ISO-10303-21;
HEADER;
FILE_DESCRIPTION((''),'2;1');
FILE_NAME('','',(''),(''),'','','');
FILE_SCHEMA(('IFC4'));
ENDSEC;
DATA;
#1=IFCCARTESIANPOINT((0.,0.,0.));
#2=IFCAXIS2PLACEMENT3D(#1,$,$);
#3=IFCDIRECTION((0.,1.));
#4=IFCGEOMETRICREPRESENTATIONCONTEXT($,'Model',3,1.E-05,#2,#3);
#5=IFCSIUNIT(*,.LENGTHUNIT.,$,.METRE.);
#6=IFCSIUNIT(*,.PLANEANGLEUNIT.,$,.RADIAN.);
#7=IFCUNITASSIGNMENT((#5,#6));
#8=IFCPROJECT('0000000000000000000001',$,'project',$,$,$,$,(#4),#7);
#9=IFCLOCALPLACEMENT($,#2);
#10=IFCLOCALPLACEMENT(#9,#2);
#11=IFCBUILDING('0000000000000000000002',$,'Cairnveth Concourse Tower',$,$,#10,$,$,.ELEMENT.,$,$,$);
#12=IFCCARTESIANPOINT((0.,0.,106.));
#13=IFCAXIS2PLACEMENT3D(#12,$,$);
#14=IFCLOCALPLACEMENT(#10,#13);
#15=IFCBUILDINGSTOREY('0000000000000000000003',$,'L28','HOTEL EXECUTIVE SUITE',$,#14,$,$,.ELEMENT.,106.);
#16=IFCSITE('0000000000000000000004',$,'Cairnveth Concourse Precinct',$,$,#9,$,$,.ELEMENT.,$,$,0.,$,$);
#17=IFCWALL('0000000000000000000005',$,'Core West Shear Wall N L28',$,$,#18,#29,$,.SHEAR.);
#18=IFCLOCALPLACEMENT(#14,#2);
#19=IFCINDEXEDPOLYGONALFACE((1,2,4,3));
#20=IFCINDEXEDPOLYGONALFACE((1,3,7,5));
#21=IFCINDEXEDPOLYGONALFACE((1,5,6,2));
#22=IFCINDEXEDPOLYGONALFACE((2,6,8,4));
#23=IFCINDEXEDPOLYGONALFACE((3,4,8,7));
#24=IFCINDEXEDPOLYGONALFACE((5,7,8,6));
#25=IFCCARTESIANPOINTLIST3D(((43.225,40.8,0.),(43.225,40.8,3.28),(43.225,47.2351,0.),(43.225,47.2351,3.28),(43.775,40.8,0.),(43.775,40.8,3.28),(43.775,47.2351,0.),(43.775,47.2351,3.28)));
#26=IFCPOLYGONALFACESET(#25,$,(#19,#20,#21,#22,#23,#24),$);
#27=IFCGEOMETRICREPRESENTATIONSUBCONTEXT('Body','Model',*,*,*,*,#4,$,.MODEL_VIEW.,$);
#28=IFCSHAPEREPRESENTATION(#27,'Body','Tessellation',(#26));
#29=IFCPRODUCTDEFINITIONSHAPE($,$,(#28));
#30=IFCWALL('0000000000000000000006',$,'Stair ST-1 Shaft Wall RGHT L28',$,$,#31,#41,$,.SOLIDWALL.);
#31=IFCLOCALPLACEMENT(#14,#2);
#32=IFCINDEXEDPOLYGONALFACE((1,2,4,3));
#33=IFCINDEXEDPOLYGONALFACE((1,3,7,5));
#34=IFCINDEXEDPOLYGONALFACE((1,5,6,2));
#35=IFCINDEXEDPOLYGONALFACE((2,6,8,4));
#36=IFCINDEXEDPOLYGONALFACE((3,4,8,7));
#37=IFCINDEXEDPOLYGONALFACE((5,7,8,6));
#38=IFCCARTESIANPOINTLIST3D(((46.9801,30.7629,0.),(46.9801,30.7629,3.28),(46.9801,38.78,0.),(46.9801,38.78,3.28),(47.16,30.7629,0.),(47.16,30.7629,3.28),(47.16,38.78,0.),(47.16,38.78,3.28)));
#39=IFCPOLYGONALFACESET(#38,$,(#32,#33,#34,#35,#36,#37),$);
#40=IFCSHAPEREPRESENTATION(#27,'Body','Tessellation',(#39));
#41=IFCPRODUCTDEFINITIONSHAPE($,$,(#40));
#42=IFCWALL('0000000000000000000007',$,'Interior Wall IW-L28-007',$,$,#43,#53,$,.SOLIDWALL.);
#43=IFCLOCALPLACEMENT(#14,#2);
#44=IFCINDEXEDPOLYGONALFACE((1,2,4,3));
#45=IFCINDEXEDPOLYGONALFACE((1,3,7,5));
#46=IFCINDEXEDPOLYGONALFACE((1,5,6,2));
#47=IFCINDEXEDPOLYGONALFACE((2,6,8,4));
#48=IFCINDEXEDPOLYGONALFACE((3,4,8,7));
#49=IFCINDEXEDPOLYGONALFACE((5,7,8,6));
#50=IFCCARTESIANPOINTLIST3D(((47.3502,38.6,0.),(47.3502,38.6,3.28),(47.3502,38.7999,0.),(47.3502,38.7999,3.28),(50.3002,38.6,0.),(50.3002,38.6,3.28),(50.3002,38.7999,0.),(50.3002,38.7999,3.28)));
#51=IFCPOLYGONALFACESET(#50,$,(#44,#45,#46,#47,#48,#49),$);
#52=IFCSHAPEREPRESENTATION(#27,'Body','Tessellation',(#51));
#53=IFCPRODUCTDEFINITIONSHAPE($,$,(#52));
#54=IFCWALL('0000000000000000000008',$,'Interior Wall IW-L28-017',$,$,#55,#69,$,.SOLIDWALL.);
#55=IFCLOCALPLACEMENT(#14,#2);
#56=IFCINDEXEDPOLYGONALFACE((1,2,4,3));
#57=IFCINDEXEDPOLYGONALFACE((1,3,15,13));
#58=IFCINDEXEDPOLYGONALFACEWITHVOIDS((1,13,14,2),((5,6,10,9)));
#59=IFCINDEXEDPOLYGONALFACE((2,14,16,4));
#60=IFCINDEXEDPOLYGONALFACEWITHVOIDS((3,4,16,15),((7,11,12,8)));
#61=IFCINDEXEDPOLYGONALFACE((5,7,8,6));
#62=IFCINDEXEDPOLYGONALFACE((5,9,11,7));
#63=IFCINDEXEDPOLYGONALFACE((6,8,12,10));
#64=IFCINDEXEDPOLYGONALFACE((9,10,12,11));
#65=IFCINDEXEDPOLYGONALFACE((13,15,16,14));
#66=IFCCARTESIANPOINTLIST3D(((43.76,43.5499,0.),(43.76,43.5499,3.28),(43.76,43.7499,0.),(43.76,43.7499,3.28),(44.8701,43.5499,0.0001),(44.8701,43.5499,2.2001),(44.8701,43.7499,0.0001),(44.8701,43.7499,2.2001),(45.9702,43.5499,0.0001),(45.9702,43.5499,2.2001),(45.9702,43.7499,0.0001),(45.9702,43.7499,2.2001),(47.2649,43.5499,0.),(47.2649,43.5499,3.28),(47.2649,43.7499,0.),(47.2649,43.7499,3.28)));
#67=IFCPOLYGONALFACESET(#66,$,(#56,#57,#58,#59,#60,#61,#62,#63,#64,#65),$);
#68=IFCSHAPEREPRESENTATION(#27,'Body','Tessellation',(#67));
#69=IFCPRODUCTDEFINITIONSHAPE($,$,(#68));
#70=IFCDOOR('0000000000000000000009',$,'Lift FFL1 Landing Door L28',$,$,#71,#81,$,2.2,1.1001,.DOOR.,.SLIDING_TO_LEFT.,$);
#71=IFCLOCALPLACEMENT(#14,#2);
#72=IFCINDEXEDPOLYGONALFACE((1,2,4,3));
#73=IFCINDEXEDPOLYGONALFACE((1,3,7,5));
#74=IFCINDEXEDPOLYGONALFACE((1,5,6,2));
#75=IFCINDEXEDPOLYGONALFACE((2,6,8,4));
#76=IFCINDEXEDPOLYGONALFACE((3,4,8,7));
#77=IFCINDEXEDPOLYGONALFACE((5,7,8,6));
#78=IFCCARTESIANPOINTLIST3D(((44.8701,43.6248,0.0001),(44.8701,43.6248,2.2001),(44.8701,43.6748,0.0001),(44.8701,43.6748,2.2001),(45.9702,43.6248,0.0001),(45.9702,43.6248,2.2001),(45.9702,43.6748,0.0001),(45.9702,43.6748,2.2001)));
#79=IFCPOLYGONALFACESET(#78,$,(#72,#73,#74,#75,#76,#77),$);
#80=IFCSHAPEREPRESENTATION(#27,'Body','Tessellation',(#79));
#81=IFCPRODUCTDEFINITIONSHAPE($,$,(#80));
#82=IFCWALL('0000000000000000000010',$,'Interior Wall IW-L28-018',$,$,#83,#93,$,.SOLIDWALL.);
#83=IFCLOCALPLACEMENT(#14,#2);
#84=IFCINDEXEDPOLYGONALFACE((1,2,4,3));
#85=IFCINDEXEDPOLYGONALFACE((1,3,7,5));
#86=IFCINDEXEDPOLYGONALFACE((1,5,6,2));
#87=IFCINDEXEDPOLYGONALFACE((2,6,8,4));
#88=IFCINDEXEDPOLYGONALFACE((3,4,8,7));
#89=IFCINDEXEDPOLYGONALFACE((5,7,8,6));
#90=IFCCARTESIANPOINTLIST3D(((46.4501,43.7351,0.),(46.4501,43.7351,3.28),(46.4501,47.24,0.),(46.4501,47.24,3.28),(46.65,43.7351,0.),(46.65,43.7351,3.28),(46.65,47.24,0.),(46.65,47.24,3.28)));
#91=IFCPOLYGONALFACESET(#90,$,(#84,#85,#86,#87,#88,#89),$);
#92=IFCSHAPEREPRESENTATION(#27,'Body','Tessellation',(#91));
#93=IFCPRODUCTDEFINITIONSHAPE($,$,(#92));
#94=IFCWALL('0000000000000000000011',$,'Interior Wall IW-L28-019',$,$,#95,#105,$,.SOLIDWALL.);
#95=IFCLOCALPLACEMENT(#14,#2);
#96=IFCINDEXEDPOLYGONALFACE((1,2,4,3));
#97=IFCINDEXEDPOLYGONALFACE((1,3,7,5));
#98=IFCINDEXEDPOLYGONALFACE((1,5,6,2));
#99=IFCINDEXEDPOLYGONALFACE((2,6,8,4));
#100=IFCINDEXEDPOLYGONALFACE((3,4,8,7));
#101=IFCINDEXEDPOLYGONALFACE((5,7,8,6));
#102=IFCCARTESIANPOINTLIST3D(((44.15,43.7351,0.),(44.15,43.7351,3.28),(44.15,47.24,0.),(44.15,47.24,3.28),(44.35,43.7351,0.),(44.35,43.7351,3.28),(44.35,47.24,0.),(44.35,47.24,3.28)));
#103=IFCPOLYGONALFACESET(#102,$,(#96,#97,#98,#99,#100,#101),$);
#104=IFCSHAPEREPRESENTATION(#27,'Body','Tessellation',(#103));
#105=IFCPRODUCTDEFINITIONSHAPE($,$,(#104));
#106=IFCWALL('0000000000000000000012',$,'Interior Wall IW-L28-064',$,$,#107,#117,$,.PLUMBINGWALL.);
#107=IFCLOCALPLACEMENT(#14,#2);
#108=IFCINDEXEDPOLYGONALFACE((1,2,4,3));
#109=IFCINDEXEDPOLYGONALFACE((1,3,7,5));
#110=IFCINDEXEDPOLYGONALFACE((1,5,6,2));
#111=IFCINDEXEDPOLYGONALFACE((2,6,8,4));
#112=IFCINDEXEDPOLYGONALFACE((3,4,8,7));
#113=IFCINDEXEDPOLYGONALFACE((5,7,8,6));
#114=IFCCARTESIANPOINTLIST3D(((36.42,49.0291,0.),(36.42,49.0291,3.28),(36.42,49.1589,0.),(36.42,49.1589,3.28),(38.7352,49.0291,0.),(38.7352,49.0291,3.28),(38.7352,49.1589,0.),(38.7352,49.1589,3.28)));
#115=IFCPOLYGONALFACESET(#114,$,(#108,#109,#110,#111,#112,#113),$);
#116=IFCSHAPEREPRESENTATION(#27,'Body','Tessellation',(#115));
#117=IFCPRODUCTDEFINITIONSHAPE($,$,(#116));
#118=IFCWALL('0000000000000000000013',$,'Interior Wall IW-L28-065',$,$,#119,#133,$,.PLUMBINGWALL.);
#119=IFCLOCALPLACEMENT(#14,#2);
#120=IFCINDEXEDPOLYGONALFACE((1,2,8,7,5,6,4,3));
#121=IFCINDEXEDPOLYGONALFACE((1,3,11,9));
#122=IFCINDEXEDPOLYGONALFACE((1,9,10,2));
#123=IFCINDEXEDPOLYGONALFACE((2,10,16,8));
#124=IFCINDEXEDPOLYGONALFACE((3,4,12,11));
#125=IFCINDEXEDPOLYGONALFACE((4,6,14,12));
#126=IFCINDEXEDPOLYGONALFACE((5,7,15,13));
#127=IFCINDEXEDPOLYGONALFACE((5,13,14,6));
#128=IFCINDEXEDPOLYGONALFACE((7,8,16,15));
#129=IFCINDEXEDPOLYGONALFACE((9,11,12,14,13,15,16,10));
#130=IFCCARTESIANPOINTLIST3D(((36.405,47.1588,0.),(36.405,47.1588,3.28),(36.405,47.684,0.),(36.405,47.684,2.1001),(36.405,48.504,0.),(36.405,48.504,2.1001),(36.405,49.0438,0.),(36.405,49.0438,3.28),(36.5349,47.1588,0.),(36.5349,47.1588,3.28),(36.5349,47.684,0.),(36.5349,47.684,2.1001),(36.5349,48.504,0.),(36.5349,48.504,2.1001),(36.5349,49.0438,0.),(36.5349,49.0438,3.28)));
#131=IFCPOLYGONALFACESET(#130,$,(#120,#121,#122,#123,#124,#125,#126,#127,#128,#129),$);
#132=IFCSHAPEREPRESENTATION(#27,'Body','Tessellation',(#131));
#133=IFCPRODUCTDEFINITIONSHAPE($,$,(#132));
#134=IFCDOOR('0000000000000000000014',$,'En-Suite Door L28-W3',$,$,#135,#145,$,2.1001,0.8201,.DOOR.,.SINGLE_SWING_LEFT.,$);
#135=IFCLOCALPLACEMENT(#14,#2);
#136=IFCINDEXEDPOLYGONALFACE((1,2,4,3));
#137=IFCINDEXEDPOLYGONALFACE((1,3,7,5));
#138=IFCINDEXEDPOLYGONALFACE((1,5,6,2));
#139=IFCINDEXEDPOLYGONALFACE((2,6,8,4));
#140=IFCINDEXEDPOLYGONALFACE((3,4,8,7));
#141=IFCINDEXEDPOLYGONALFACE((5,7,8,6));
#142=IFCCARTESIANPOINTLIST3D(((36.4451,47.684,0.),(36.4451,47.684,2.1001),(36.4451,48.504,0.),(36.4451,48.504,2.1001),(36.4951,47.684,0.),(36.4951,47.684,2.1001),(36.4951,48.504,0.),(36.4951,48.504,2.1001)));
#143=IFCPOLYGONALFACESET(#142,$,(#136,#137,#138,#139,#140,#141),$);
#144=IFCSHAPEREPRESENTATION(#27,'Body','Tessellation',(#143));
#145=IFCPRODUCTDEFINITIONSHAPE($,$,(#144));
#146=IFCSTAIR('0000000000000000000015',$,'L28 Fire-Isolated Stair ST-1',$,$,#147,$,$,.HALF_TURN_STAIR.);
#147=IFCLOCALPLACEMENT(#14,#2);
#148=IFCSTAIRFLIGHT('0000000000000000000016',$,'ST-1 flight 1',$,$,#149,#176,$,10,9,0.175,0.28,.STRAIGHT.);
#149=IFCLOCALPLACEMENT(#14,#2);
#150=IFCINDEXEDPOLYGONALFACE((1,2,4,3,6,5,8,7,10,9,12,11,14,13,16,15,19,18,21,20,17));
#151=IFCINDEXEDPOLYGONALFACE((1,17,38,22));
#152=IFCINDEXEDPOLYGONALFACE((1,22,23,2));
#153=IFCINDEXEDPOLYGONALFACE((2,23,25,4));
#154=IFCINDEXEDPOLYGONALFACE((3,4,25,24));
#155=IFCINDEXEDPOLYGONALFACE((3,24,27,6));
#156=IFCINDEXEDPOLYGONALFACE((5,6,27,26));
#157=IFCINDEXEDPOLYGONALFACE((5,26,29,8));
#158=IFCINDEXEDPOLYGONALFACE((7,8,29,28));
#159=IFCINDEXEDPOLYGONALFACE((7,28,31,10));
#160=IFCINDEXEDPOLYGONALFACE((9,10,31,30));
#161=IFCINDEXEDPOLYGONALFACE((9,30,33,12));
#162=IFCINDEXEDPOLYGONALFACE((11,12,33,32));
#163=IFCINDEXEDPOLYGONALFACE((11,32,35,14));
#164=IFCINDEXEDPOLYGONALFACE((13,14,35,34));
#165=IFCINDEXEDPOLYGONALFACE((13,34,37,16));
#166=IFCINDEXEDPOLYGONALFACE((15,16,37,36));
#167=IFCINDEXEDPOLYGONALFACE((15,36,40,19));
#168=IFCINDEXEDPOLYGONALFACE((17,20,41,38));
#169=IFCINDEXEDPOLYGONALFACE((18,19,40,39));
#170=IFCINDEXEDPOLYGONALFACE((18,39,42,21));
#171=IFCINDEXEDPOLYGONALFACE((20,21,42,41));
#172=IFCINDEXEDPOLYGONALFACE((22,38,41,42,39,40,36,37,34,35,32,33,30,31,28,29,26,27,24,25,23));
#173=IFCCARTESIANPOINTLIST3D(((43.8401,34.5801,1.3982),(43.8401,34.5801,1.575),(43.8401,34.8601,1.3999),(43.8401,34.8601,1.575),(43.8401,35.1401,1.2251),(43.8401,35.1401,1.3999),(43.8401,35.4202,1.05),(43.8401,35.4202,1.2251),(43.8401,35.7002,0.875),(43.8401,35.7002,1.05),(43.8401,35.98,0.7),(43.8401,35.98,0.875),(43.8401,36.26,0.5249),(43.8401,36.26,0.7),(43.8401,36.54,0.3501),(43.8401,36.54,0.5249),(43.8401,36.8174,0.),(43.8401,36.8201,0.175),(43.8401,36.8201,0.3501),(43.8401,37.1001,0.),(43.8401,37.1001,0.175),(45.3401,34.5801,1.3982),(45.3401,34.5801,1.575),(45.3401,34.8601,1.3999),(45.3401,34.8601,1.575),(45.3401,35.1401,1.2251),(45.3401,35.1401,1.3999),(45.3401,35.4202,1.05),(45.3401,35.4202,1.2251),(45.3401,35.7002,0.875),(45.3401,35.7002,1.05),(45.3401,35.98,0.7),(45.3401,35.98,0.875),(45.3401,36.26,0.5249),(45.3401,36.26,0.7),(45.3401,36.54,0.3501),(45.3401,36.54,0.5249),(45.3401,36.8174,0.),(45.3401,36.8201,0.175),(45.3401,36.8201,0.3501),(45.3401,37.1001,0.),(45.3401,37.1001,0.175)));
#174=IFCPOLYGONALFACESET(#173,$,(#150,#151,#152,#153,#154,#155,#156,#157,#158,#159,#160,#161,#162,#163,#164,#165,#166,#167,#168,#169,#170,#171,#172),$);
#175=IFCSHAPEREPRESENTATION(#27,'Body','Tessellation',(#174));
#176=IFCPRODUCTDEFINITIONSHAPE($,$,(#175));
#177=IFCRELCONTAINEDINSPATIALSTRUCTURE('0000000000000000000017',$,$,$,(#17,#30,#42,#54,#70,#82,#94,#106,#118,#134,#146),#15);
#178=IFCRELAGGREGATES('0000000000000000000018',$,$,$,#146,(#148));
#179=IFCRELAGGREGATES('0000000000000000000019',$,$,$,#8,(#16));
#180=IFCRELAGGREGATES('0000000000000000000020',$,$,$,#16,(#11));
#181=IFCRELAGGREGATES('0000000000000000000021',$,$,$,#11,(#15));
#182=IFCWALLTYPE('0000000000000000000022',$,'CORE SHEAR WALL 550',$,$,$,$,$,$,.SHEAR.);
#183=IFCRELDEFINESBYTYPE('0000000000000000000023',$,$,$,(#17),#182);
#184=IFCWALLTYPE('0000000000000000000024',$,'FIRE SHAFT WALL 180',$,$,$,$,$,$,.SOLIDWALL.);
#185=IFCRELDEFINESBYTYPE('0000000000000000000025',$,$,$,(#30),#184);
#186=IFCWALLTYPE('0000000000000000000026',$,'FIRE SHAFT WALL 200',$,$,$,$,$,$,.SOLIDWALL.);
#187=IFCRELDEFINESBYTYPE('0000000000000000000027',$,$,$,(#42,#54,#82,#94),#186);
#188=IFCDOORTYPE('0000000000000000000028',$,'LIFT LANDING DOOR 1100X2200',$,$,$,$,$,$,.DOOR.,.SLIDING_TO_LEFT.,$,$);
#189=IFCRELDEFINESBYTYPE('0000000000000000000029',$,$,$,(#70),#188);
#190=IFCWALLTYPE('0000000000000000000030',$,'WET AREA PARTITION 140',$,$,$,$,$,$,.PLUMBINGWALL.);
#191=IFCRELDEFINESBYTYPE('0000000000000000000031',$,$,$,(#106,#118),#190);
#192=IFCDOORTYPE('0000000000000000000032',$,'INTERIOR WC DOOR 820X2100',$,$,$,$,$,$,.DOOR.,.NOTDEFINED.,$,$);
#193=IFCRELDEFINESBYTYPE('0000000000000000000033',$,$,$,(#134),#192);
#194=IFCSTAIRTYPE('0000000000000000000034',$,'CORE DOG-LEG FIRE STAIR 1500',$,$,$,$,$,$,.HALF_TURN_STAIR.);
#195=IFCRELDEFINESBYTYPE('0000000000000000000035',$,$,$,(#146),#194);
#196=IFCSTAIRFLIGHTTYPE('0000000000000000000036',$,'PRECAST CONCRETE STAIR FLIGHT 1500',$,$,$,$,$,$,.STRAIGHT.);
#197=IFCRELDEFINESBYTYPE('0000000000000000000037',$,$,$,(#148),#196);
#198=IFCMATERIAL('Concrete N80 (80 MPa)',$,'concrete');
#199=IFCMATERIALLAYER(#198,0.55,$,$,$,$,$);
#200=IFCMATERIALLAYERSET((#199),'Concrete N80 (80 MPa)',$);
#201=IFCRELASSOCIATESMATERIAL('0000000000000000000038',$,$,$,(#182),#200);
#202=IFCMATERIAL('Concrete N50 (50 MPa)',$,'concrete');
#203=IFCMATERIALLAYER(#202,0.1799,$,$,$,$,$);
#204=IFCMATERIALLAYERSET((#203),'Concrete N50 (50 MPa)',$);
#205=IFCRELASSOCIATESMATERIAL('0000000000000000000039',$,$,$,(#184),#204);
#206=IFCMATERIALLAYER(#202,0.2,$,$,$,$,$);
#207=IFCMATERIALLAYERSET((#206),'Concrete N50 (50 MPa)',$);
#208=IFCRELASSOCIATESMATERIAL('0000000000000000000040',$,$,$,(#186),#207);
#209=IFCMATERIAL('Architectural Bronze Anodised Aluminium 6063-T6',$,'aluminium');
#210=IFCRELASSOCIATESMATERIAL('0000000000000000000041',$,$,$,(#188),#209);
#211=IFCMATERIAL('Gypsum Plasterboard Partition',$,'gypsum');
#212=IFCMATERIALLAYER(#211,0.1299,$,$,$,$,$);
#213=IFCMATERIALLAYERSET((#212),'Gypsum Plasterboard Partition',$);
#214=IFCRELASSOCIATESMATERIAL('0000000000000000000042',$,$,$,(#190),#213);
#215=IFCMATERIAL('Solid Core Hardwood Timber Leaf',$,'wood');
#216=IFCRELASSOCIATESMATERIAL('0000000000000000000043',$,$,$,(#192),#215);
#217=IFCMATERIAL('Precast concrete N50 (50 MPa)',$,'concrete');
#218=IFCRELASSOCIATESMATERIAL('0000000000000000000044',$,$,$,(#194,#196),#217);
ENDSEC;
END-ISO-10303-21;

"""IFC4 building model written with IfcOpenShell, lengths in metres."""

from ifc_helpers import new_model, si_unit, direction, frame, frame_2d, origin, place, context, subcontext, project, spatial, polyline, rectangle, outline, extrude, material, layer, layer_set, type_object, element, fill, aggregate, save


model = new_model("IFC4")

# Units and contexts
model_context = context("Model", 3, precision=1e-05, world=origin(), true_north=direction((0.0, 1.0)))
body_context = subcontext(model_context, "Body", "Model", "MODEL_VIEW")
ifc_project = project(units=[si_unit("LENGTHUNIT", "METRE"), si_unit("PLANEANGLEUNIT", "RADIAN")], contexts=[model_context])

# Site, building, storey
site_placement = place(None, origin())
site = spatial("IfcSite", under=ifc_project, at=site_placement, Name="Cairnveth Concourse Precinct", CompositionType="ELEMENT", RefElevation=0.0)
building_placement = place(site_placement, origin())
building = spatial("IfcBuilding", under=site, at=building_placement, Name="Cairnveth Concourse Tower", CompositionType="ELEMENT")
storey_placement = place(building_placement, frame((0.0, 0.0, 106.0)))
storey = spatial("IfcBuildingStorey", under=building, at=storey_placement, Name="L28", Description="HOTEL EXECUTIVE SUITE", CompositionType="ELEMENT", Elevation=106.0)

# Shared definitions
ifc_material_1 = material(Name="Gypsum Plasterboard Partition", Category="gypsum")
ifc_material_2 = material(Name="Solid Core Hardwood Timber Leaf", Category="wood")

# Wall
ifc_material_3 = material(Name="Concrete N80 (80 MPa)", Category="concrete")
ifc_layer_1 = layer(ifc_material_3, 0.55)
ifc_layer_set_1 = layer_set([ifc_layer_1], Name="Concrete N80 (80 MPa)")
wall_type_1 = type_object("IfcWallType", Name="CORE SHEAR WALL 550", PredefinedType="SHEAR", material=ifc_layer_set_1)
wall_1_placement = place(storey_placement, frame((43.5, 40.8, 0.0), z_axis=(0.0, 0.0, 1.0), x_axis=(0.0, 1.0, 0.0)))
element("IfcWall", 1, at=wall_1_placement, inside=storey, type_object=wall_type_1, Name="Core West Shear Wall N L28", PredefinedType="SHEAR", context=body_context, shape_type="SweptSolid", body=[
    extrude(rectangle(XDim=6.4351, YDim=0.55, at=frame_2d((3.2175, 0.0))), origin(), (0.0, 0.0, 1.0), 3.28),
])

# Shared definitions
ifc_material_4 = material(Name="Concrete N50 (50 MPa)", Category="concrete")
ifc_layer_2 = layer(ifc_material_4, 0.1799)
ifc_layer_set_2 = layer_set([ifc_layer_2], Name="Concrete N50 (50 MPa)")
wall_type_2 = type_object("IfcWallType", Name="FIRE SHAFT WALL 180", PredefinedType="SOLIDWALL", material=ifc_layer_set_2)

# Walls
wall_2_placement = place(storey_placement, frame((47.0701, 38.78, 0.0), z_axis=(0.0, 0.0, 1.0), x_axis=(0.0, -1.0, 0.0)))
element("IfcWall", 2, at=wall_2_placement, inside=storey, type_object=wall_type_2, Name="Stair ST-1 Shaft Wall RGHT L28", PredefinedType="SOLIDWALL", context=body_context, shape_type="SweptSolid", body=[
    extrude(rectangle(XDim=8.0171, YDim=0.1799, at=frame_2d((4.0085, 0.0))), origin(), (0.0, 0.0, 1.0), 3.28),
])
ifc_layer_3 = layer(ifc_material_4, 0.2)
ifc_layer_set_3 = layer_set([ifc_layer_3], Name="Concrete N50 (50 MPa)")
wall_type_3 = type_object("IfcWallType", Name="FIRE SHAFT WALL 200", PredefinedType="SOLIDWALL", material=ifc_layer_set_3)
wall_3_placement = place(storey_placement, frame((47.3501, 38.7, 0.0), z_axis=(0.0, 0.0, 1.0), x_axis=(1.0, 0.0, 0.0)))
element("IfcWall", 3, at=wall_3_placement, inside=storey, type_object=wall_type_3, Name="Interior Wall IW-L28-007", PredefinedType="SOLIDWALL", context=body_context, shape_type="SweptSolid", body=[
    extrude(rectangle(XDim=2.95, YDim=0.2, at=frame_2d((1.4751, 0.0))), origin(), (0.0, 0.0, 1.0), 3.28),
])

# Wall, opening, door
wall_4_placement = place(storey_placement, frame((43.76, 43.6499, 0.0), z_axis=(0.0, 0.0, 1.0), x_axis=(1.0, 0.0, 0.0)))
wall_4 = element("IfcWall", 4, at=wall_4_placement, inside=storey, type_object=wall_type_3, Name="Interior Wall IW-L28-017", PredefinedType="SOLIDWALL", context=body_context, shape_type="SweptSolid", body=[
    extrude(rectangle(XDim=3.5049, YDim=0.2, at=frame_2d((1.7524, 0.0))), origin(), (0.0, 0.0, 1.0), 3.28),
])
opening_1_placement = place(wall_4_placement, frame((1.1101, 0.0, 0.0)))
opening_1 = element("IfcOpeningElement", 5, at=opening_1_placement, cuts=wall_4, PredefinedType="OPENING", context=body_context, shape_type="SweptSolid", body=[
    extrude(rectangle(XDim=1.1001, YDim=2.2, at=frame_2d((0.55, 1.1001))), frame((0.0, 0.1099, 0.0), z_axis=(0.0, -1.0, 0.0), x_axis=(1.0, 0.0, 0.0)), (0.0, 0.0, 1.0), 0.22),
])
ifc_material_5 = material(Name="Architectural Bronze Anodised Aluminium 6063-T6", Category="aluminium")
door_type_1 = type_object("IfcDoorType", Name="LIFT LANDING DOOR 1100X2200", OperationType="SLIDING_TO_LEFT", PredefinedType="DOOR", material=ifc_material_5)
door_1_placement = place(opening_1_placement, origin())
door_1 = element("IfcDoor", 6, at=door_1_placement, inside=storey, type_object=door_type_1, Name="Lift FFL1 Landing Door L28", OperationType="SLIDING_TO_LEFT", OverallHeight=2.2, OverallWidth=1.1001, PredefinedType="DOOR", context=body_context, shape_type="SweptSolid", body=[
    extrude(rectangle(XDim=1.1001, YDim=2.2, at=frame_2d((0.55, 1.1001))), frame((0.0, 0.0249, 0.0), z_axis=(0.0, -1.0, 0.0), x_axis=(1.0, 0.0, 0.0)), (0.0, 0.0, 1.0), 0.05),
])
fill(opening_1, door_1)

# Walls
for number, where, z_axis, x_axis, name in (
    (7, (46.55, 43.7351, 0.0), (0.0, 0.0, 1.0), (0.0, 1.0, 0.0), "Interior Wall IW-L28-018"),
    (8, (44.25, 43.7351, 0.0), (0.0, 0.0, 1.0), (0.0, 1.0, 0.0), "Interior Wall IW-L28-019"),
):
    element("IfcWall", number, at=place(storey_placement, frame(where, z_axis=z_axis, x_axis=x_axis)), inside=storey, type_object=wall_type_3, Name=name, PredefinedType="SOLIDWALL", context=body_context, shape_type="SweptSolid", body=[
        extrude(rectangle(XDim=3.5049, YDim=0.2, at=frame_2d((1.7524, 0.0))), origin(), (0.0, 0.0, 1.0), 3.28),
    ])
ifc_layer_4 = layer(ifc_material_1, 0.1299)
ifc_layer_set_4 = layer_set([ifc_layer_4], Name="Gypsum Plasterboard Partition")
wall_type_4 = type_object("IfcWallType", Name="WET AREA PARTITION 140", PredefinedType="PLUMBINGWALL", material=ifc_layer_set_4)
wall_5_placement = place(storey_placement, frame((36.4199, 49.094, 0.0), z_axis=(0.0, 0.0, 1.0), x_axis=(1.0, 0.0, 0.0)))
element("IfcWall", 9, at=wall_5_placement, inside=storey, type_object=wall_type_4, Name="Interior Wall IW-L28-064", PredefinedType="PLUMBINGWALL", context=body_context, shape_type="SweptSolid", body=[
    extrude(rectangle(XDim=2.3152, YDim=0.1299, at=frame_2d((1.1577, 0.0))), origin(), (0.0, 0.0, 1.0), 3.28),
])

# Wall, opening, door
wall_6_placement = place(storey_placement, frame((36.47, 47.1589, 0.0), z_axis=(0.0, 0.0, 1.0), x_axis=(0.0, 1.0, 0.0)))
wall_6 = element("IfcWall", 10, at=wall_6_placement, inside=storey, type_object=wall_type_4, Name="Interior Wall IW-L28-065", PredefinedType="PLUMBINGWALL", context=body_context, shape_type="SweptSolid", body=[
    extrude(rectangle(XDim=1.885, YDim=0.1299, at=frame_2d((0.9424, 0.0))), origin(), (0.0, 0.0, 1.0), 3.28),
])
opening_2_placement = place(wall_6_placement, frame((0.5249, 0.0, 0.0)))
opening_2 = element("IfcOpeningElement", 11, at=opening_2_placement, cuts=wall_6, PredefinedType="OPENING", context=body_context, shape_type="SweptSolid", body=[
    extrude(rectangle(XDim=0.8201, YDim=2.1001, at=frame_2d((0.4102, 1.05))), frame((0.0, 0.075, 0.0), z_axis=(0.0, -1.0, 0.0), x_axis=(1.0, 0.0, 0.0)), (0.0, 0.0, 1.0), 0.1499),
])
door_type_2 = type_object("IfcDoorType", Name="INTERIOR WC DOOR 820X2100", OperationType="NOTDEFINED", PredefinedType="DOOR", material=ifc_material_2)
door_2_placement = place(opening_2_placement, origin())
door_2 = element("IfcDoor", 12, at=door_2_placement, inside=storey, type_object=door_type_2, Name="En-Suite Door L28-W3", OperationType="SINGLE_SWING_LEFT", OverallHeight=2.1001, OverallWidth=0.8201, PredefinedType="DOOR", context=body_context, shape_type="SweptSolid", body=[
    extrude(rectangle(XDim=0.8201, YDim=2.1001, at=frame_2d((0.4102, 1.05))), frame((0.0, 0.0249, 0.0), z_axis=(0.0, -1.0, 0.0), x_axis=(1.0, 0.0, 0.0)), (0.0, 0.0, 1.0), 0.05),
])
fill(opening_2, door_2)

# Stair, stair flight
ifc_material_6 = material(Name="Precast concrete N50 (50 MPa)", Category="concrete")
stair_type = type_object("IfcStairType", Name="CORE DOG-LEG FIRE STAIR 1500", PredefinedType="HALF_TURN_STAIR", material=ifc_material_6)
stair_placement = place(storey_placement, origin())
stair = element("IfcStair", 13, at=stair_placement, inside=storey, type_object=stair_type, Name="L28 Fire-Isolated Stair ST-1", PredefinedType="HALF_TURN_STAIR")
stair_flight_type = type_object("IfcStairFlightType", Name="PRECAST CONCRETE STAIR FLIGHT 1500", PredefinedType="STRAIGHT", material=ifc_material_6)
stair_flight_placement = place(storey_placement, frame((44.5901, 37.1001, 0.0), z_axis=(0.0, 0.0, 1.0), x_axis=(0.0, -1.0, 0.0)))
stair_flight = element("IfcStairFlight", 14, at=stair_flight_placement, type_object=stair_flight_type, Name="ST-1 flight 1", NumberOfRisers=10, NumberOfTreads=9, PredefinedType="STRAIGHT", RiserHeight=0.175, TreadLength=0.28, context=body_context, shape_type="SweptSolid", body=[
    extrude(outline(polyline([(0.0, 0.0), (0.0, 0.175), (0.28, 0.175), (0.28, 0.3501), (0.5601, 0.3501), (0.5601, 0.5249), (0.8401, 0.5249), (0.8401, 0.7), (1.1201, 0.7), (1.1201, 0.875), (1.3999, 0.875), (1.3999, 1.05), (1.6799, 1.05), (1.6799, 1.2251), (1.96, 1.2251), (1.96, 1.3999), (2.24, 1.3999), (2.24, 1.575), (2.52, 1.575), (2.52, 1.75), (2.52, 1.3982), (0.2827, 0.0), (0.0, 0.0)])), frame((0.0, 0.75, 0.0), z_axis=(0.0, -1.0, 0.0), x_axis=(1.0, 0.0, 0.0)), (0.0, 0.0, 1.0), 1.5),
])
aggregate(stair, [stair_flight])

save(model, "model.ifc")
